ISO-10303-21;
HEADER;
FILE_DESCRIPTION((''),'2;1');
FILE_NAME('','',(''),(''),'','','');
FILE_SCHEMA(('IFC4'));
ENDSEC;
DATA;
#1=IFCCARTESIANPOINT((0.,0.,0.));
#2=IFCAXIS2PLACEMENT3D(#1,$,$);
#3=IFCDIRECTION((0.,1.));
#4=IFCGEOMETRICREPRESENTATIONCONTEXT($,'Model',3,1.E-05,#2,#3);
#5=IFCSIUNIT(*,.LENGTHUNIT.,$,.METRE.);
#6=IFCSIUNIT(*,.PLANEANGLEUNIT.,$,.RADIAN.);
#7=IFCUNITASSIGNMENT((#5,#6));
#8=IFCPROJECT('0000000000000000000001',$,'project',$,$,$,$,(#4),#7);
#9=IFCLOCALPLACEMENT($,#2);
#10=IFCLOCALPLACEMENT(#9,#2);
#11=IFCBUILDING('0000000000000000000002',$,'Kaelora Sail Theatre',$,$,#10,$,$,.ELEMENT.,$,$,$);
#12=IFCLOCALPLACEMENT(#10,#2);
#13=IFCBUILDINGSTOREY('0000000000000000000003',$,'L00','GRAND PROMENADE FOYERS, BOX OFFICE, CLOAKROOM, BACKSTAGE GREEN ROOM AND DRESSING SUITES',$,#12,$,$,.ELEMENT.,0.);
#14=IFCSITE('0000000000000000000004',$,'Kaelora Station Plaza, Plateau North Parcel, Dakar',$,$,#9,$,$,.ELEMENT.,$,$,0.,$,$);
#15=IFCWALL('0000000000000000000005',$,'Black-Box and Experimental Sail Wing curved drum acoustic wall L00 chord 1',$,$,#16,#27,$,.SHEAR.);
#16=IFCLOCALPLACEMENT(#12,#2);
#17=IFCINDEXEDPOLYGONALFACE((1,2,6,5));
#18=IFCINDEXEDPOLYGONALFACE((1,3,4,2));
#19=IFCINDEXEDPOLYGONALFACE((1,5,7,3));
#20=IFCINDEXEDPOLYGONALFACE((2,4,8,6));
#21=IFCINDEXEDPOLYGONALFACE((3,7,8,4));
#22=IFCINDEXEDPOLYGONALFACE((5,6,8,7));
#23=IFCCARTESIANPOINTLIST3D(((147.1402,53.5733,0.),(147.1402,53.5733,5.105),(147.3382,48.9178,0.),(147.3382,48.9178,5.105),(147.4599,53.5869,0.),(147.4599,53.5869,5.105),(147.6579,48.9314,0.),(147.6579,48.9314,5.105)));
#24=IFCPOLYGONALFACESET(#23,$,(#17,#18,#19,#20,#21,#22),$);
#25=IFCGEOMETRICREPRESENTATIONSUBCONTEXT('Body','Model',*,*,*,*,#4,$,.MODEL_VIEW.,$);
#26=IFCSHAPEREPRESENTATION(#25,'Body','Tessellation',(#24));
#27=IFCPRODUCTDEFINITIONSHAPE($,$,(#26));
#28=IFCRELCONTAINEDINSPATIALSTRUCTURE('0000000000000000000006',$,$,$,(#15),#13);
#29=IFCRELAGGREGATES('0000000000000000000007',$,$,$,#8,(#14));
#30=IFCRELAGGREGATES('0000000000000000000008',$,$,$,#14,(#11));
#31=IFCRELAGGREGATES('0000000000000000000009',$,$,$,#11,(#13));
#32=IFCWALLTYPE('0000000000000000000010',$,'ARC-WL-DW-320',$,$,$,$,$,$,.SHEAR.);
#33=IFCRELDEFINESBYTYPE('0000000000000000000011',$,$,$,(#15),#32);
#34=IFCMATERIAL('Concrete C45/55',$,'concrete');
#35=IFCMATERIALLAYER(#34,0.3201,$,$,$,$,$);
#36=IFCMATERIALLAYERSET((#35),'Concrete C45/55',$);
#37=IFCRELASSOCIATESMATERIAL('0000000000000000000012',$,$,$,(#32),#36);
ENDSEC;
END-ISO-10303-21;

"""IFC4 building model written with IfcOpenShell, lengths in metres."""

from ifc_helpers import new_model, si_unit, direction, frame, frame_2d, origin, place, context, subcontext, project, spatial, rectangle, extrude, material, layer, layer_set, type_object, element, save


model = new_model("IFC4")

# Units and contexts
model_context = context("Model", 3, precision=1e-05, world=origin(), true_north=direction((0.0, 1.0)))
body_context = subcontext(model_context, "Body", "Model", "MODEL_VIEW")
ifc_project = project(units=[si_unit("LENGTHUNIT", "METRE"), si_unit("PLANEANGLEUNIT", "RADIAN")], contexts=[model_context])

# Site, building, storey
site_placement = place(None, origin())
site = spatial("IfcSite", under=ifc_project, at=site_placement, Name="Kaelora Station Plaza, Plateau North Parcel, Dakar", CompositionType="ELEMENT", RefElevation=0.0)
building_placement = place(site_placement, origin())
building = spatial("IfcBuilding", under=site, at=building_placement, Name="Kaelora Sail Theatre", CompositionType="ELEMENT")
storey_placement = place(building_placement, origin())
storey = spatial("IfcBuildingStorey", under=building, at=storey_placement, Name="L00", Description="GRAND PROMENADE FOYERS, BOX OFFICE, CLOAKROOM, BACKSTAGE GREEN ROOM AND DRESSING SUITES", CompositionType="ELEMENT", Elevation=0.0)

# Wall
ifc_material_1 = material(Name="Concrete C45/55", Category="concrete")
ifc_layer_1 = layer(ifc_material_1, 0.3201)
ifc_layer_set_1 = layer_set([ifc_layer_1], Name="Concrete C45/55")
wall_type = type_object("IfcWallType", Name="ARC-WL-DW-320", PredefinedType="SHEAR", material=ifc_layer_set_1)
wall_placement = place(storey_placement, frame((147.3, 53.5801, 0.0), z_axis=(0.0, 0.0, 1.0), x_axis=(0.042491, -0.999097, 0.0)))
element("IfcWall", 1, at=wall_placement, inside=storey, type_object=wall_type, Name="Black-Box and Experimental Sail Wing curved drum acoustic wall L00 chord 1", PredefinedType="SHEAR", context=body_context, shape_type="SweptSolid", body=[
    extrude(rectangle(XDim=4.6597, YDim=0.3201, at=frame_2d((2.3298, 0.0))), origin(), (0.0, 0.0, 1.0), 5.105),
])

save(model, "model.ifc")
